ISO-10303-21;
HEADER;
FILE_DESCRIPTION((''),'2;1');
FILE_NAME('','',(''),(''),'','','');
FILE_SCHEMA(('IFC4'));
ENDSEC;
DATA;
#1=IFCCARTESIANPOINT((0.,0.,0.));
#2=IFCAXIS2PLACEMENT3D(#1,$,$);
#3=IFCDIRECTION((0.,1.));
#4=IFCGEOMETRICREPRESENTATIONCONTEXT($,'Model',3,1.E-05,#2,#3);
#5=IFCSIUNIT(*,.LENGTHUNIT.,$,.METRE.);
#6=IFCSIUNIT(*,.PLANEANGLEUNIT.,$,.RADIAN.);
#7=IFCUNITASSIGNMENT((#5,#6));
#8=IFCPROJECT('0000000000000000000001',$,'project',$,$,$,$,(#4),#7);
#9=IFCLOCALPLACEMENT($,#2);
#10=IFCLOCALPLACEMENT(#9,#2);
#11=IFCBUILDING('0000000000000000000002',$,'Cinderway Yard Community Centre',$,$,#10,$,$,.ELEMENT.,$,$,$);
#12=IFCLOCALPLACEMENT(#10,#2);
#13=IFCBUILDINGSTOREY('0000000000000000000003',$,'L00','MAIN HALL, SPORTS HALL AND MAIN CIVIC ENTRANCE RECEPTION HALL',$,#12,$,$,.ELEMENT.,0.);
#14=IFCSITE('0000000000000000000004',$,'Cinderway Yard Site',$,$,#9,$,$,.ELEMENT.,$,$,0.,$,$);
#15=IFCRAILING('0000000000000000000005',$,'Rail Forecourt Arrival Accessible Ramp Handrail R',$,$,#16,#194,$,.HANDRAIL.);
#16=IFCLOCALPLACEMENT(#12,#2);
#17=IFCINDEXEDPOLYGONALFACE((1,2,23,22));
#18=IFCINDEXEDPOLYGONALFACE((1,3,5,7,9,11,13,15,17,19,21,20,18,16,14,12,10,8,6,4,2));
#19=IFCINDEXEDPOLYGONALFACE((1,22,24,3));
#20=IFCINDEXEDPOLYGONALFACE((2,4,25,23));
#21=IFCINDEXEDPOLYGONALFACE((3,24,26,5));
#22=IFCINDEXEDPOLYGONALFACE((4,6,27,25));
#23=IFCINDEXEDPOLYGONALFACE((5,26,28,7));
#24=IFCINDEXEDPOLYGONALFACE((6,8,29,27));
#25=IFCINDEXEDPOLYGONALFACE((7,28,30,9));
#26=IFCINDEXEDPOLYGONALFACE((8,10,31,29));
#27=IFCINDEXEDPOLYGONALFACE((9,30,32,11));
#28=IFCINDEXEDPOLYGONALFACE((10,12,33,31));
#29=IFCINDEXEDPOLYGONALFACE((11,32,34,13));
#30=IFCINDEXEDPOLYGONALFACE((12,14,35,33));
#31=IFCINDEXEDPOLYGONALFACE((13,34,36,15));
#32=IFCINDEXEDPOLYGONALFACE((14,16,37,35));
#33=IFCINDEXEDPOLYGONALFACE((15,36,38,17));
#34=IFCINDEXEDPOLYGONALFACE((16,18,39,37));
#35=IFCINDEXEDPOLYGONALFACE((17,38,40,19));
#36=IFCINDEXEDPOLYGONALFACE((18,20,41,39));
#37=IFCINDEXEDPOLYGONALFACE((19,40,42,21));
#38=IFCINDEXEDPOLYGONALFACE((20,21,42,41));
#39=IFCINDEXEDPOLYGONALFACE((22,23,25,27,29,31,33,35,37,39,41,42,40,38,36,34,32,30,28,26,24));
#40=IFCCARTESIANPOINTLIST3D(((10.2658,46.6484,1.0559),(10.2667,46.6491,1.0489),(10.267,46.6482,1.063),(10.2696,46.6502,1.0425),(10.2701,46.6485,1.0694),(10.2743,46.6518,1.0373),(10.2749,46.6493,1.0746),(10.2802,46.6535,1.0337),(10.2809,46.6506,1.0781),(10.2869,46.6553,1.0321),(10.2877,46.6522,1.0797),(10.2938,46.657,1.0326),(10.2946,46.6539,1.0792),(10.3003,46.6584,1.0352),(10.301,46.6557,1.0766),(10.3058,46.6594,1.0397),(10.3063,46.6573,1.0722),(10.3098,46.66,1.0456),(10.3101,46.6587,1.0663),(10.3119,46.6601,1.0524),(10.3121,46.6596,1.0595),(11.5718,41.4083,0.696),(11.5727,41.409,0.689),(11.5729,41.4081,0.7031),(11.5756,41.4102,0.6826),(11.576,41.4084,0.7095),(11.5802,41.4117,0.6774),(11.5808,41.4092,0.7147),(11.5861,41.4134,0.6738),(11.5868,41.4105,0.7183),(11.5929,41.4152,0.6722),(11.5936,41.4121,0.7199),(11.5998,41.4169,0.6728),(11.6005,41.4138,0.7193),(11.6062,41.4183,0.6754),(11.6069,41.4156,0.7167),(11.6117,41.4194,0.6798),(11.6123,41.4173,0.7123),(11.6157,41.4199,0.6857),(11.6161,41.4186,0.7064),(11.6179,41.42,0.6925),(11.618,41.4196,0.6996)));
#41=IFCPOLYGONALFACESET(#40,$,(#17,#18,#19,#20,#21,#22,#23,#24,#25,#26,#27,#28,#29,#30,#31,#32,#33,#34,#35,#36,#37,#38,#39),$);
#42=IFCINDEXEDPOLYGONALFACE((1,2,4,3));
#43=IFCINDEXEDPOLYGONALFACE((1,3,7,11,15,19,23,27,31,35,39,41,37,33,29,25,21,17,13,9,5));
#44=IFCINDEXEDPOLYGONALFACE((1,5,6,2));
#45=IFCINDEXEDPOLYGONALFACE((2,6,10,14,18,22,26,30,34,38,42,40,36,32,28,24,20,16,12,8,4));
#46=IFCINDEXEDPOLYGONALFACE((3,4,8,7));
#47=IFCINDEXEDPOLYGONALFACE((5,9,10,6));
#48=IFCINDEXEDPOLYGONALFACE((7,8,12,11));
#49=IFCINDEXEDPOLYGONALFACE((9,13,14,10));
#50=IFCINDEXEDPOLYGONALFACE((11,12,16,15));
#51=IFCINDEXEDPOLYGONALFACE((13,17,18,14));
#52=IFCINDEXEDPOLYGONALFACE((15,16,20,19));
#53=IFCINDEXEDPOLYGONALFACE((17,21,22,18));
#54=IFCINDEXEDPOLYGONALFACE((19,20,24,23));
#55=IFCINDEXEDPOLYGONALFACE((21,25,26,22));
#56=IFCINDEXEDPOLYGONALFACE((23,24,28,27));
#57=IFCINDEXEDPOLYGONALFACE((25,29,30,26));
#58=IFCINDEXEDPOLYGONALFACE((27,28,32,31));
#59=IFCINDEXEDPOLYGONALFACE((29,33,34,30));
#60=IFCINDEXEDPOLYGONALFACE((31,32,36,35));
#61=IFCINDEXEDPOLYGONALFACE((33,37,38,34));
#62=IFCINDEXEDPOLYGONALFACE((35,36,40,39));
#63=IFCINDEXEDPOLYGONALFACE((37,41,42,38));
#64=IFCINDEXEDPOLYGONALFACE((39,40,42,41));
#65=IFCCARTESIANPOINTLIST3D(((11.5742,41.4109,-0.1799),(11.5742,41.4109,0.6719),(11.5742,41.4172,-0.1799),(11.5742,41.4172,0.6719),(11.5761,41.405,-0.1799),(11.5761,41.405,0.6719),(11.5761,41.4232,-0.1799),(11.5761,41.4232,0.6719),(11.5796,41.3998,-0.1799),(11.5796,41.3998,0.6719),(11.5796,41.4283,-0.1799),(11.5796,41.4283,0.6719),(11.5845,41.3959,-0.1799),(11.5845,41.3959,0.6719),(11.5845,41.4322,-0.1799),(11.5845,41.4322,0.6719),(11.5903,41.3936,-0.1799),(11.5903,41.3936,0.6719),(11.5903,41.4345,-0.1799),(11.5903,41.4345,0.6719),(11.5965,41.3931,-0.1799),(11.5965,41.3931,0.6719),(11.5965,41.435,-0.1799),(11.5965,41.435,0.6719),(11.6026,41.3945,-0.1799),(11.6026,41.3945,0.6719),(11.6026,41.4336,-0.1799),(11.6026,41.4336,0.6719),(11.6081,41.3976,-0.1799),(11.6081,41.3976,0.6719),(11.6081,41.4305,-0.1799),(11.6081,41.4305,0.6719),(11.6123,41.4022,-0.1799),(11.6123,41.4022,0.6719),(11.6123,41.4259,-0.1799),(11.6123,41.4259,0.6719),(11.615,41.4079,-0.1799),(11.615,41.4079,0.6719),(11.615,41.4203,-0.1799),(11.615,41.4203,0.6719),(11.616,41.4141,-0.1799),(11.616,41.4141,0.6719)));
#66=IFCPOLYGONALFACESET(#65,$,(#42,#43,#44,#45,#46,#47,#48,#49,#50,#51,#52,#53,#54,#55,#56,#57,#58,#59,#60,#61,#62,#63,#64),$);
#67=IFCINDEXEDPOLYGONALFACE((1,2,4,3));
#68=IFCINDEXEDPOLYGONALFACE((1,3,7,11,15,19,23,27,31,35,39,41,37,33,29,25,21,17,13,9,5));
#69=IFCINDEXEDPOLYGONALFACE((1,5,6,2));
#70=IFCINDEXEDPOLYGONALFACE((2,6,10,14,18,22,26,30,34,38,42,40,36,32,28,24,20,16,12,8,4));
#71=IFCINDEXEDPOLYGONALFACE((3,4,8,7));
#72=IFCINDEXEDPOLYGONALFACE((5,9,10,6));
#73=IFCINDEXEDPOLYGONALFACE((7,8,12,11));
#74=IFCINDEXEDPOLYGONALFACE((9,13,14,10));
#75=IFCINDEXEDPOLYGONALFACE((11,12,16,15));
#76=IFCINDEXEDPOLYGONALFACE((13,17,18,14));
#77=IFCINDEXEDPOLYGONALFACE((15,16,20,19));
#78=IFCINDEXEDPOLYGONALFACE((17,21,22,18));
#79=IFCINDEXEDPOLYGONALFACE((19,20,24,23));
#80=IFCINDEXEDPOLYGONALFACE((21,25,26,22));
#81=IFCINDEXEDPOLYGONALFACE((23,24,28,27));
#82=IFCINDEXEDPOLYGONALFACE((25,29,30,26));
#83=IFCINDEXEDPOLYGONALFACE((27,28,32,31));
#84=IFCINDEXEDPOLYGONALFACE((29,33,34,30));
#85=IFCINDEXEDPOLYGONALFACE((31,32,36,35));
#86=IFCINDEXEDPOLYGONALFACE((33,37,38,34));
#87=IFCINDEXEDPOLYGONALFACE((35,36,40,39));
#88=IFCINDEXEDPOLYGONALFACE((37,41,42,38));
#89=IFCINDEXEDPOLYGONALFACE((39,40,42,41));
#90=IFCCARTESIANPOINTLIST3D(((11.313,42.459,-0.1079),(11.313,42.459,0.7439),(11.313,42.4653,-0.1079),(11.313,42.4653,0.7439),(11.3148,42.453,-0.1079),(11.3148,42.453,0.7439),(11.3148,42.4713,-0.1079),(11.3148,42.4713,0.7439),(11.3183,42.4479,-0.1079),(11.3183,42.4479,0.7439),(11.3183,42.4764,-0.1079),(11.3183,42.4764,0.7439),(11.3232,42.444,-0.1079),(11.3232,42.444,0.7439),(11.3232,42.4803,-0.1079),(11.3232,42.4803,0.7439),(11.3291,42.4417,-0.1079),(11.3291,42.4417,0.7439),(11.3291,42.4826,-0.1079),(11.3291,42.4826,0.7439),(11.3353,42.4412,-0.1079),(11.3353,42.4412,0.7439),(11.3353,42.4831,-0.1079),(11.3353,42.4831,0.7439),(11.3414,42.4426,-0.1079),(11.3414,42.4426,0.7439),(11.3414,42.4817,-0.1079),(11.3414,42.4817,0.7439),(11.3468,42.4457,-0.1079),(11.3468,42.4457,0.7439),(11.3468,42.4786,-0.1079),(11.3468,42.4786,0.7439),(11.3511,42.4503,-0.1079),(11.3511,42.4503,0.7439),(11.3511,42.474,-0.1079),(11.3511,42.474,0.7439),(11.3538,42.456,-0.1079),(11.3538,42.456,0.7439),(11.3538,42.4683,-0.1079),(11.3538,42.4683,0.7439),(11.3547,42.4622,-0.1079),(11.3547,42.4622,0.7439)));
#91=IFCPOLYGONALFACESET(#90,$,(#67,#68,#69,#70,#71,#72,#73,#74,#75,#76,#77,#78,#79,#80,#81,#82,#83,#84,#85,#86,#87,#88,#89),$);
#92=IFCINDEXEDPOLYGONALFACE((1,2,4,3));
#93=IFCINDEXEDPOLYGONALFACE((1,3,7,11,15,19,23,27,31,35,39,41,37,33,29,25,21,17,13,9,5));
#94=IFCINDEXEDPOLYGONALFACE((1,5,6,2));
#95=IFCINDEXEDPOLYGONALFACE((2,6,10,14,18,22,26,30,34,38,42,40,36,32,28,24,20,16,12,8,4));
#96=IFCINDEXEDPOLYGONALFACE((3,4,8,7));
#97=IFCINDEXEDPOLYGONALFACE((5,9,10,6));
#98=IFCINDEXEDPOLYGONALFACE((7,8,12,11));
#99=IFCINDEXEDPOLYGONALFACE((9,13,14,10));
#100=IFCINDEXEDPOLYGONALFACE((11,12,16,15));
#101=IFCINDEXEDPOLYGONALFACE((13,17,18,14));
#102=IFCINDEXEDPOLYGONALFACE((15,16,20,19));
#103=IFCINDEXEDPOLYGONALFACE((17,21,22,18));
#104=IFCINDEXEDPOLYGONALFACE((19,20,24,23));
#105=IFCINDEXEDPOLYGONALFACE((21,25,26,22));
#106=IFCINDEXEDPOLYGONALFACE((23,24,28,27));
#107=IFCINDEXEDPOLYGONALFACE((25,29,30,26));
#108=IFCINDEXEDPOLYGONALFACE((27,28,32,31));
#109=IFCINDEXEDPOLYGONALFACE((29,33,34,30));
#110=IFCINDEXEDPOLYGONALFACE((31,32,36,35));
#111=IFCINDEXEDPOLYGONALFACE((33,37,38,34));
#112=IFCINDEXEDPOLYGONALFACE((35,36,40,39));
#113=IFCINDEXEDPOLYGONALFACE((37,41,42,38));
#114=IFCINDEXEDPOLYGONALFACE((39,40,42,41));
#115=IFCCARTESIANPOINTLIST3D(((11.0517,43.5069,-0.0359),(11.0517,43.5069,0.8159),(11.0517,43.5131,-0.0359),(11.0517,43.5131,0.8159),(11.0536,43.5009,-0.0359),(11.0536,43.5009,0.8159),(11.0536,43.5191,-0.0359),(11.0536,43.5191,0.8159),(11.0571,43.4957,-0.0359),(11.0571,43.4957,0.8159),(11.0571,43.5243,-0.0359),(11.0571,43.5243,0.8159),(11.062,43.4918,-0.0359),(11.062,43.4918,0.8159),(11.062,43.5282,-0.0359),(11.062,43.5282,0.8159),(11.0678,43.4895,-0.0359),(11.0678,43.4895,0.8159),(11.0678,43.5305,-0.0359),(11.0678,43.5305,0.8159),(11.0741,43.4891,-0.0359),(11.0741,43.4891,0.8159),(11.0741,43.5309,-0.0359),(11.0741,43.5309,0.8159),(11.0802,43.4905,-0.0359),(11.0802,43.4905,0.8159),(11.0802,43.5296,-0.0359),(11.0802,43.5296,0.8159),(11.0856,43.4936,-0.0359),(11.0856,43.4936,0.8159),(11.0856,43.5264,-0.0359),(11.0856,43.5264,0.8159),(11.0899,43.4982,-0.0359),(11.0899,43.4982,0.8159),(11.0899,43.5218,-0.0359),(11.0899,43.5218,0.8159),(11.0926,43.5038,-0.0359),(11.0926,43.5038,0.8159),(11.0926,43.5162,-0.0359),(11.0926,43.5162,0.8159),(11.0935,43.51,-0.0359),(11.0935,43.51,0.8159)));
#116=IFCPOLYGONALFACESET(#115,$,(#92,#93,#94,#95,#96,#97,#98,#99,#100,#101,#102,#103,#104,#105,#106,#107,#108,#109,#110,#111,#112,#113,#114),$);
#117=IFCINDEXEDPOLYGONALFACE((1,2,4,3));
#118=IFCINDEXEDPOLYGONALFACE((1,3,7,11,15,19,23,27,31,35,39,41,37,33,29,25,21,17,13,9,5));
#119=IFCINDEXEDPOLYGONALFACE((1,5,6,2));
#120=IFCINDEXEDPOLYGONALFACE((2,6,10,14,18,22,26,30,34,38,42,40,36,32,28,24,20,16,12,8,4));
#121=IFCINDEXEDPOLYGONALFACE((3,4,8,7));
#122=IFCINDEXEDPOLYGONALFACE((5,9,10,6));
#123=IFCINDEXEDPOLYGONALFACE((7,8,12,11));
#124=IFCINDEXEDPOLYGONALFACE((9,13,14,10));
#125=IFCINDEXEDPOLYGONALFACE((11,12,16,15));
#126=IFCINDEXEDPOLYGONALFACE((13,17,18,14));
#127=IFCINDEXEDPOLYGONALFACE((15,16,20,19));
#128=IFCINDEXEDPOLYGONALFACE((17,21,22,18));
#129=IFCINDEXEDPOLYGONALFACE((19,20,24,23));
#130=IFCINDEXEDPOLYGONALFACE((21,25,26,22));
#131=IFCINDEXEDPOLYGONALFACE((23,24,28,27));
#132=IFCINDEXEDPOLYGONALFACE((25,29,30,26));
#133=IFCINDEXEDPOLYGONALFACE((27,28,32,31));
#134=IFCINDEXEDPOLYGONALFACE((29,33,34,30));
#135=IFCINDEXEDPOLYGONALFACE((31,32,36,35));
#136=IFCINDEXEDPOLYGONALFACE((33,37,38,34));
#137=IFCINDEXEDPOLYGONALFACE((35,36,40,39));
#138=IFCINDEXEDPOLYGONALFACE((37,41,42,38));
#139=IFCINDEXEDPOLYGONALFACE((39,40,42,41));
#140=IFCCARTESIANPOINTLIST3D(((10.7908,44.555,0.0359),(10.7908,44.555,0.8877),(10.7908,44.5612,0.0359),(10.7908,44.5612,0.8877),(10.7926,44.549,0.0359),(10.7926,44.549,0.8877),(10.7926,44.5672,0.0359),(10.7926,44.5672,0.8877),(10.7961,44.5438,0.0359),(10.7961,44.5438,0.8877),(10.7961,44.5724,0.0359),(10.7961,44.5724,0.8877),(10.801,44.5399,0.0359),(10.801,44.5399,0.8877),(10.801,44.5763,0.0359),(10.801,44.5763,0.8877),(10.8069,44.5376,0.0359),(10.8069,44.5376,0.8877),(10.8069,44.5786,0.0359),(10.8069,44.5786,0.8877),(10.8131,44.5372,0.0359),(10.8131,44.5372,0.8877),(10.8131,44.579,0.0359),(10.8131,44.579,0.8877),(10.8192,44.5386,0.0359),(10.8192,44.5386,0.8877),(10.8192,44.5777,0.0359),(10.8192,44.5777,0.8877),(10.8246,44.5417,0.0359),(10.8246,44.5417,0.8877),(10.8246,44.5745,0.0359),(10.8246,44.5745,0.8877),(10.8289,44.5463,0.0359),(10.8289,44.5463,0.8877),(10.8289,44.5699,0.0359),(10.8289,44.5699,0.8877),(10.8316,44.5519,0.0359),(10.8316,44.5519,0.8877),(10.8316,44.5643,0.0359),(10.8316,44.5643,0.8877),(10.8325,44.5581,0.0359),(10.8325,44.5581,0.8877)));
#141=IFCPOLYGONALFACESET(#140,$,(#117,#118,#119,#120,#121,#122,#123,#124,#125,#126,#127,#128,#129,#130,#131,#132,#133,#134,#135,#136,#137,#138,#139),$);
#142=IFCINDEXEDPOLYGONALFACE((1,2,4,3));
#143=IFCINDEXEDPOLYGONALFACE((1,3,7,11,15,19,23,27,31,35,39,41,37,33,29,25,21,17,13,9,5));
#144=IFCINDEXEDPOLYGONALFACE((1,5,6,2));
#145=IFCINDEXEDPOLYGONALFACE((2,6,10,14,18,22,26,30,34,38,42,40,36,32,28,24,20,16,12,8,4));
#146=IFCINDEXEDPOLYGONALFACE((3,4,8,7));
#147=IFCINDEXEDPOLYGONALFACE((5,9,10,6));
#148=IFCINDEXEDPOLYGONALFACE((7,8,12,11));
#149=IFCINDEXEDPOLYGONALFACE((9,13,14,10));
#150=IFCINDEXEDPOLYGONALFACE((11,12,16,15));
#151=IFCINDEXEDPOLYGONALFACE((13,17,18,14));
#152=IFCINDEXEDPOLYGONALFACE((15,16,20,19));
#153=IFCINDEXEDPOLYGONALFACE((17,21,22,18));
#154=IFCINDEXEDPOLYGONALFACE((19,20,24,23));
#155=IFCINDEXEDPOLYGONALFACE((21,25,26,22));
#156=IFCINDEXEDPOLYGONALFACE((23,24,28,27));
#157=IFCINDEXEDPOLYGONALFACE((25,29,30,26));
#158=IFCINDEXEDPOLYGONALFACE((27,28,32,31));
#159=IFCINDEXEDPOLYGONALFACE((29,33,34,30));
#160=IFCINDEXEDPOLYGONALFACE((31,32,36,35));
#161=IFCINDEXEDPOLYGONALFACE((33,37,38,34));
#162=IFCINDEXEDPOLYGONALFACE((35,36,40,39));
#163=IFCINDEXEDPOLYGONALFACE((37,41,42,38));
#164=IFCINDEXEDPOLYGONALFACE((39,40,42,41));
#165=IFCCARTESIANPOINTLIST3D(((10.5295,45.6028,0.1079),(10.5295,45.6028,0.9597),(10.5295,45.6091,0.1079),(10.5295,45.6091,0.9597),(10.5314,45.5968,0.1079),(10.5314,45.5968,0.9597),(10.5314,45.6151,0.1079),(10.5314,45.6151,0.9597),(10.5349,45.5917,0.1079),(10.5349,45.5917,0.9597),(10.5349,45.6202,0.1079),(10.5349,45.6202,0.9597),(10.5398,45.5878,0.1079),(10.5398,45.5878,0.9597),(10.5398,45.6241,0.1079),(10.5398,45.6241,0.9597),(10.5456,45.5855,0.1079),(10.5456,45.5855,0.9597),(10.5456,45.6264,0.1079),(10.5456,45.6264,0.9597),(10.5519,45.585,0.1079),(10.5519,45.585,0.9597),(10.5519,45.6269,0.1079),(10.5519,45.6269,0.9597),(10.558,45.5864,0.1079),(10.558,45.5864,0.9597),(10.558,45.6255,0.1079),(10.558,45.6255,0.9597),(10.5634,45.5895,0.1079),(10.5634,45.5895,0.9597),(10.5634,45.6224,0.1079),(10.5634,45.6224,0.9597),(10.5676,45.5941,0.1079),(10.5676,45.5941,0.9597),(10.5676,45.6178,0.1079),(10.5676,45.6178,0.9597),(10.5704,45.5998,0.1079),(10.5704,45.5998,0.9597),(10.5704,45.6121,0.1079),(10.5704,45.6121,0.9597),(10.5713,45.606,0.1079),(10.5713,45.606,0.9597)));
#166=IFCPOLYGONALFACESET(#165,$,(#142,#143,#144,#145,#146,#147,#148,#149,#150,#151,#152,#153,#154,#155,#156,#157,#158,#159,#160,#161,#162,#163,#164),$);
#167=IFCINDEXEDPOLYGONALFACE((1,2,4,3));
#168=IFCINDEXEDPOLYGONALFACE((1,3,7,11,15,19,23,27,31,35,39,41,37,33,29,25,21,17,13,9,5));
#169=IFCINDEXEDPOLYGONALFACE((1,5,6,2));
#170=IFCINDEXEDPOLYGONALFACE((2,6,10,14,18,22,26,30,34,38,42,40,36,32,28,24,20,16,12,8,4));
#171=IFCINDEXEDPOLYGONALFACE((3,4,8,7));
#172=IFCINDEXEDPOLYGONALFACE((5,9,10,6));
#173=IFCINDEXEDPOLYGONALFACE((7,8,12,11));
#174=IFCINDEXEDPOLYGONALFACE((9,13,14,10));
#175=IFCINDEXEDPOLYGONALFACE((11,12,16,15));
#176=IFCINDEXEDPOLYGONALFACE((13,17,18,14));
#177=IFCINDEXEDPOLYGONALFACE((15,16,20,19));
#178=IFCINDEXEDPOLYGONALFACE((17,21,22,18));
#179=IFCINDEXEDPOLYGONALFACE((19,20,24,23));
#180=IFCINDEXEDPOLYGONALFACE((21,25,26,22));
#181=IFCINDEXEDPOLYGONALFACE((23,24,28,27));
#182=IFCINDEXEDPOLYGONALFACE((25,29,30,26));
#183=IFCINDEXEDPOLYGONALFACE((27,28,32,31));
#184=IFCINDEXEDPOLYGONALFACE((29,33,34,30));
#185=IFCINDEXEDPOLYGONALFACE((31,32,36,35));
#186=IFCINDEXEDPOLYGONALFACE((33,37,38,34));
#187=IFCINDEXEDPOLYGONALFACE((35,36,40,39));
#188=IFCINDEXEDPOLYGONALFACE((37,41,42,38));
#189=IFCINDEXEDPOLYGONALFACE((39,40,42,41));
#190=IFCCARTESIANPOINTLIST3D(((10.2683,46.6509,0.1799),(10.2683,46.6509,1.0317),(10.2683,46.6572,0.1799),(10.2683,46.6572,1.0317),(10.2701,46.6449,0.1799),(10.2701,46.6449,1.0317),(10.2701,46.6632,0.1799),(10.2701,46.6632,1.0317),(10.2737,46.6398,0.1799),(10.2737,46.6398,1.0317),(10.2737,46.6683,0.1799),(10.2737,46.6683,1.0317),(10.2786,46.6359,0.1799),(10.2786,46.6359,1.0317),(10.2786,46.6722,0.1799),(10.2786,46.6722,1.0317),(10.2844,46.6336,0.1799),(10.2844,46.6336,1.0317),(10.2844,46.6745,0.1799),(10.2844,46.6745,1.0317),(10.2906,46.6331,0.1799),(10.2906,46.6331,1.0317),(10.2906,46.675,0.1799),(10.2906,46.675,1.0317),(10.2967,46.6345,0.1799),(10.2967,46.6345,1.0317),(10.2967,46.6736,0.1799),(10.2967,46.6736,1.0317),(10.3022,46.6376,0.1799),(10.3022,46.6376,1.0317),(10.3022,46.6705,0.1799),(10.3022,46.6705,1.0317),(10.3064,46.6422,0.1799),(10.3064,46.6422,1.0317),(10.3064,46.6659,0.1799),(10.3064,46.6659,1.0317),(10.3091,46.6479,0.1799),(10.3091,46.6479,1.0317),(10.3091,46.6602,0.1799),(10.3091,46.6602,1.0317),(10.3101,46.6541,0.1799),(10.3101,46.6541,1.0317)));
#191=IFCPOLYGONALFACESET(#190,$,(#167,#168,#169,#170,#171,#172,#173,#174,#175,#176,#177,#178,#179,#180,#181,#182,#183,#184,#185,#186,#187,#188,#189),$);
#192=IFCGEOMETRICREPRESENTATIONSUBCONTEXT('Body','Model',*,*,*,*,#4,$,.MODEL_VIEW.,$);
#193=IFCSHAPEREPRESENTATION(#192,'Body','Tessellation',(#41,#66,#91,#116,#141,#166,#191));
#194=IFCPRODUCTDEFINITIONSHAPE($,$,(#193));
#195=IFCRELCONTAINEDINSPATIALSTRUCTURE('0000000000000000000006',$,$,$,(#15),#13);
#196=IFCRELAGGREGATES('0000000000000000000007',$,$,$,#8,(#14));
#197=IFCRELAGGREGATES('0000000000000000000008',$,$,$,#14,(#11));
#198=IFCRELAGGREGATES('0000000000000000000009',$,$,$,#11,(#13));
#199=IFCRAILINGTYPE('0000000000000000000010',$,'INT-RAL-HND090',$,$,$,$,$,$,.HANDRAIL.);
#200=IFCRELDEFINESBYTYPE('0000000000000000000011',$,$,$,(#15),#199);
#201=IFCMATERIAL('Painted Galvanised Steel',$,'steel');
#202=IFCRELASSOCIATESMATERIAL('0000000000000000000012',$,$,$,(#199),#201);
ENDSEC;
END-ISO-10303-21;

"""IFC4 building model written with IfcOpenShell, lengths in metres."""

from ifc_helpers import new_model, si_unit, direction, frame, origin, origin_2d, place, context, subcontext, project, spatial, circle, extrude, material, type_object, element, save


model = new_model("IFC4")

# Units and contexts
model_context = context("Model", 3, precision=1e-05, world=origin(), true_north=direction((0.0, 1.0)))
body_context = subcontext(model_context, "Body", "Model", "MODEL_VIEW")
ifc_project = project(units=[si_unit("LENGTHUNIT", "METRE"), si_unit("PLANEANGLEUNIT", "RADIAN")], contexts=[model_context])

# Site, building, storey
site_placement = place(None, origin())
site = spatial("IfcSite", under=ifc_project, at=site_placement, Name="Cinderway Yard Site", CompositionType="ELEMENT", RefElevation=0.0)
building_placement = place(site_placement, origin())
building = spatial("IfcBuilding", under=site, at=building_placement, Name="Cinderway Yard Community Centre", CompositionType="ELEMENT")
storey_placement = place(building_placement, origin())
storey = spatial("IfcBuildingStorey", under=building, at=storey_placement, Name="L00", Description="MAIN HALL, SPORTS HALL AND MAIN CIVIC ENTRANCE RECEPTION HALL", CompositionType="ELEMENT", Elevation=0.0)

# Railing
ifc_material_1 = material(Name="Painted Galvanised Steel", Category="steel")
railing_type = type_object("IfcRailingType", Name="INT-RAL-HND090", PredefinedType="HANDRAIL", material=ifc_material_1)
for number, where, name in (
    (1, (11.595, 41.4141, -0.1799), "Rail Forecourt Arrival Accessible Ramp Handrail R"),
):
    element("IfcRailing", number, at=place(storey_placement, frame(where)), inside=storey, type_object=railing_type, Name=name, PredefinedType="HANDRAIL", context=body_context, shape_type="SweptSolid", body=[
        extrude(circle(Radius=0.0239, at=origin_2d()), frame((0.0, 0.0, 0.876), z_axis=(-0.241288, 0.968173, 0.066491), x_axis=(-0.97032, -0.241823, 0.0)), (0.0, 0.0, 1.0), 5.4124),
        extrude(circle(Radius=0.021, at=origin_2d()), origin(), (0.0, 0.0, 1.0), 0.8518),
        extrude(circle(Radius=0.021, at=origin_2d()), frame((-0.2612, 1.0481, 0.072)), (0.0, 0.0, 1.0), 0.8518),
        extrude(circle(Radius=0.021, at=origin_2d()), frame((-0.5225, 2.0959, 0.144)), (0.0, 0.0, 1.0), 0.8518),
        extrude(circle(Radius=0.021, at=origin_2d()), frame((-0.7834, 3.144, 0.2158)), (0.0, 0.0, 1.0), 0.8518),
        extrude(circle(Radius=0.021, at=origin_2d()), frame((-1.0447, 4.1919, 0.2878)), (0.0, 0.0, 1.0), 0.8518),
        extrude(circle(Radius=0.021, at=origin_2d()), frame((-1.3059, 5.24, 0.3599)), (0.0, 0.0, 1.0), 0.8518),
    ])

save(model, "model.ifc")
